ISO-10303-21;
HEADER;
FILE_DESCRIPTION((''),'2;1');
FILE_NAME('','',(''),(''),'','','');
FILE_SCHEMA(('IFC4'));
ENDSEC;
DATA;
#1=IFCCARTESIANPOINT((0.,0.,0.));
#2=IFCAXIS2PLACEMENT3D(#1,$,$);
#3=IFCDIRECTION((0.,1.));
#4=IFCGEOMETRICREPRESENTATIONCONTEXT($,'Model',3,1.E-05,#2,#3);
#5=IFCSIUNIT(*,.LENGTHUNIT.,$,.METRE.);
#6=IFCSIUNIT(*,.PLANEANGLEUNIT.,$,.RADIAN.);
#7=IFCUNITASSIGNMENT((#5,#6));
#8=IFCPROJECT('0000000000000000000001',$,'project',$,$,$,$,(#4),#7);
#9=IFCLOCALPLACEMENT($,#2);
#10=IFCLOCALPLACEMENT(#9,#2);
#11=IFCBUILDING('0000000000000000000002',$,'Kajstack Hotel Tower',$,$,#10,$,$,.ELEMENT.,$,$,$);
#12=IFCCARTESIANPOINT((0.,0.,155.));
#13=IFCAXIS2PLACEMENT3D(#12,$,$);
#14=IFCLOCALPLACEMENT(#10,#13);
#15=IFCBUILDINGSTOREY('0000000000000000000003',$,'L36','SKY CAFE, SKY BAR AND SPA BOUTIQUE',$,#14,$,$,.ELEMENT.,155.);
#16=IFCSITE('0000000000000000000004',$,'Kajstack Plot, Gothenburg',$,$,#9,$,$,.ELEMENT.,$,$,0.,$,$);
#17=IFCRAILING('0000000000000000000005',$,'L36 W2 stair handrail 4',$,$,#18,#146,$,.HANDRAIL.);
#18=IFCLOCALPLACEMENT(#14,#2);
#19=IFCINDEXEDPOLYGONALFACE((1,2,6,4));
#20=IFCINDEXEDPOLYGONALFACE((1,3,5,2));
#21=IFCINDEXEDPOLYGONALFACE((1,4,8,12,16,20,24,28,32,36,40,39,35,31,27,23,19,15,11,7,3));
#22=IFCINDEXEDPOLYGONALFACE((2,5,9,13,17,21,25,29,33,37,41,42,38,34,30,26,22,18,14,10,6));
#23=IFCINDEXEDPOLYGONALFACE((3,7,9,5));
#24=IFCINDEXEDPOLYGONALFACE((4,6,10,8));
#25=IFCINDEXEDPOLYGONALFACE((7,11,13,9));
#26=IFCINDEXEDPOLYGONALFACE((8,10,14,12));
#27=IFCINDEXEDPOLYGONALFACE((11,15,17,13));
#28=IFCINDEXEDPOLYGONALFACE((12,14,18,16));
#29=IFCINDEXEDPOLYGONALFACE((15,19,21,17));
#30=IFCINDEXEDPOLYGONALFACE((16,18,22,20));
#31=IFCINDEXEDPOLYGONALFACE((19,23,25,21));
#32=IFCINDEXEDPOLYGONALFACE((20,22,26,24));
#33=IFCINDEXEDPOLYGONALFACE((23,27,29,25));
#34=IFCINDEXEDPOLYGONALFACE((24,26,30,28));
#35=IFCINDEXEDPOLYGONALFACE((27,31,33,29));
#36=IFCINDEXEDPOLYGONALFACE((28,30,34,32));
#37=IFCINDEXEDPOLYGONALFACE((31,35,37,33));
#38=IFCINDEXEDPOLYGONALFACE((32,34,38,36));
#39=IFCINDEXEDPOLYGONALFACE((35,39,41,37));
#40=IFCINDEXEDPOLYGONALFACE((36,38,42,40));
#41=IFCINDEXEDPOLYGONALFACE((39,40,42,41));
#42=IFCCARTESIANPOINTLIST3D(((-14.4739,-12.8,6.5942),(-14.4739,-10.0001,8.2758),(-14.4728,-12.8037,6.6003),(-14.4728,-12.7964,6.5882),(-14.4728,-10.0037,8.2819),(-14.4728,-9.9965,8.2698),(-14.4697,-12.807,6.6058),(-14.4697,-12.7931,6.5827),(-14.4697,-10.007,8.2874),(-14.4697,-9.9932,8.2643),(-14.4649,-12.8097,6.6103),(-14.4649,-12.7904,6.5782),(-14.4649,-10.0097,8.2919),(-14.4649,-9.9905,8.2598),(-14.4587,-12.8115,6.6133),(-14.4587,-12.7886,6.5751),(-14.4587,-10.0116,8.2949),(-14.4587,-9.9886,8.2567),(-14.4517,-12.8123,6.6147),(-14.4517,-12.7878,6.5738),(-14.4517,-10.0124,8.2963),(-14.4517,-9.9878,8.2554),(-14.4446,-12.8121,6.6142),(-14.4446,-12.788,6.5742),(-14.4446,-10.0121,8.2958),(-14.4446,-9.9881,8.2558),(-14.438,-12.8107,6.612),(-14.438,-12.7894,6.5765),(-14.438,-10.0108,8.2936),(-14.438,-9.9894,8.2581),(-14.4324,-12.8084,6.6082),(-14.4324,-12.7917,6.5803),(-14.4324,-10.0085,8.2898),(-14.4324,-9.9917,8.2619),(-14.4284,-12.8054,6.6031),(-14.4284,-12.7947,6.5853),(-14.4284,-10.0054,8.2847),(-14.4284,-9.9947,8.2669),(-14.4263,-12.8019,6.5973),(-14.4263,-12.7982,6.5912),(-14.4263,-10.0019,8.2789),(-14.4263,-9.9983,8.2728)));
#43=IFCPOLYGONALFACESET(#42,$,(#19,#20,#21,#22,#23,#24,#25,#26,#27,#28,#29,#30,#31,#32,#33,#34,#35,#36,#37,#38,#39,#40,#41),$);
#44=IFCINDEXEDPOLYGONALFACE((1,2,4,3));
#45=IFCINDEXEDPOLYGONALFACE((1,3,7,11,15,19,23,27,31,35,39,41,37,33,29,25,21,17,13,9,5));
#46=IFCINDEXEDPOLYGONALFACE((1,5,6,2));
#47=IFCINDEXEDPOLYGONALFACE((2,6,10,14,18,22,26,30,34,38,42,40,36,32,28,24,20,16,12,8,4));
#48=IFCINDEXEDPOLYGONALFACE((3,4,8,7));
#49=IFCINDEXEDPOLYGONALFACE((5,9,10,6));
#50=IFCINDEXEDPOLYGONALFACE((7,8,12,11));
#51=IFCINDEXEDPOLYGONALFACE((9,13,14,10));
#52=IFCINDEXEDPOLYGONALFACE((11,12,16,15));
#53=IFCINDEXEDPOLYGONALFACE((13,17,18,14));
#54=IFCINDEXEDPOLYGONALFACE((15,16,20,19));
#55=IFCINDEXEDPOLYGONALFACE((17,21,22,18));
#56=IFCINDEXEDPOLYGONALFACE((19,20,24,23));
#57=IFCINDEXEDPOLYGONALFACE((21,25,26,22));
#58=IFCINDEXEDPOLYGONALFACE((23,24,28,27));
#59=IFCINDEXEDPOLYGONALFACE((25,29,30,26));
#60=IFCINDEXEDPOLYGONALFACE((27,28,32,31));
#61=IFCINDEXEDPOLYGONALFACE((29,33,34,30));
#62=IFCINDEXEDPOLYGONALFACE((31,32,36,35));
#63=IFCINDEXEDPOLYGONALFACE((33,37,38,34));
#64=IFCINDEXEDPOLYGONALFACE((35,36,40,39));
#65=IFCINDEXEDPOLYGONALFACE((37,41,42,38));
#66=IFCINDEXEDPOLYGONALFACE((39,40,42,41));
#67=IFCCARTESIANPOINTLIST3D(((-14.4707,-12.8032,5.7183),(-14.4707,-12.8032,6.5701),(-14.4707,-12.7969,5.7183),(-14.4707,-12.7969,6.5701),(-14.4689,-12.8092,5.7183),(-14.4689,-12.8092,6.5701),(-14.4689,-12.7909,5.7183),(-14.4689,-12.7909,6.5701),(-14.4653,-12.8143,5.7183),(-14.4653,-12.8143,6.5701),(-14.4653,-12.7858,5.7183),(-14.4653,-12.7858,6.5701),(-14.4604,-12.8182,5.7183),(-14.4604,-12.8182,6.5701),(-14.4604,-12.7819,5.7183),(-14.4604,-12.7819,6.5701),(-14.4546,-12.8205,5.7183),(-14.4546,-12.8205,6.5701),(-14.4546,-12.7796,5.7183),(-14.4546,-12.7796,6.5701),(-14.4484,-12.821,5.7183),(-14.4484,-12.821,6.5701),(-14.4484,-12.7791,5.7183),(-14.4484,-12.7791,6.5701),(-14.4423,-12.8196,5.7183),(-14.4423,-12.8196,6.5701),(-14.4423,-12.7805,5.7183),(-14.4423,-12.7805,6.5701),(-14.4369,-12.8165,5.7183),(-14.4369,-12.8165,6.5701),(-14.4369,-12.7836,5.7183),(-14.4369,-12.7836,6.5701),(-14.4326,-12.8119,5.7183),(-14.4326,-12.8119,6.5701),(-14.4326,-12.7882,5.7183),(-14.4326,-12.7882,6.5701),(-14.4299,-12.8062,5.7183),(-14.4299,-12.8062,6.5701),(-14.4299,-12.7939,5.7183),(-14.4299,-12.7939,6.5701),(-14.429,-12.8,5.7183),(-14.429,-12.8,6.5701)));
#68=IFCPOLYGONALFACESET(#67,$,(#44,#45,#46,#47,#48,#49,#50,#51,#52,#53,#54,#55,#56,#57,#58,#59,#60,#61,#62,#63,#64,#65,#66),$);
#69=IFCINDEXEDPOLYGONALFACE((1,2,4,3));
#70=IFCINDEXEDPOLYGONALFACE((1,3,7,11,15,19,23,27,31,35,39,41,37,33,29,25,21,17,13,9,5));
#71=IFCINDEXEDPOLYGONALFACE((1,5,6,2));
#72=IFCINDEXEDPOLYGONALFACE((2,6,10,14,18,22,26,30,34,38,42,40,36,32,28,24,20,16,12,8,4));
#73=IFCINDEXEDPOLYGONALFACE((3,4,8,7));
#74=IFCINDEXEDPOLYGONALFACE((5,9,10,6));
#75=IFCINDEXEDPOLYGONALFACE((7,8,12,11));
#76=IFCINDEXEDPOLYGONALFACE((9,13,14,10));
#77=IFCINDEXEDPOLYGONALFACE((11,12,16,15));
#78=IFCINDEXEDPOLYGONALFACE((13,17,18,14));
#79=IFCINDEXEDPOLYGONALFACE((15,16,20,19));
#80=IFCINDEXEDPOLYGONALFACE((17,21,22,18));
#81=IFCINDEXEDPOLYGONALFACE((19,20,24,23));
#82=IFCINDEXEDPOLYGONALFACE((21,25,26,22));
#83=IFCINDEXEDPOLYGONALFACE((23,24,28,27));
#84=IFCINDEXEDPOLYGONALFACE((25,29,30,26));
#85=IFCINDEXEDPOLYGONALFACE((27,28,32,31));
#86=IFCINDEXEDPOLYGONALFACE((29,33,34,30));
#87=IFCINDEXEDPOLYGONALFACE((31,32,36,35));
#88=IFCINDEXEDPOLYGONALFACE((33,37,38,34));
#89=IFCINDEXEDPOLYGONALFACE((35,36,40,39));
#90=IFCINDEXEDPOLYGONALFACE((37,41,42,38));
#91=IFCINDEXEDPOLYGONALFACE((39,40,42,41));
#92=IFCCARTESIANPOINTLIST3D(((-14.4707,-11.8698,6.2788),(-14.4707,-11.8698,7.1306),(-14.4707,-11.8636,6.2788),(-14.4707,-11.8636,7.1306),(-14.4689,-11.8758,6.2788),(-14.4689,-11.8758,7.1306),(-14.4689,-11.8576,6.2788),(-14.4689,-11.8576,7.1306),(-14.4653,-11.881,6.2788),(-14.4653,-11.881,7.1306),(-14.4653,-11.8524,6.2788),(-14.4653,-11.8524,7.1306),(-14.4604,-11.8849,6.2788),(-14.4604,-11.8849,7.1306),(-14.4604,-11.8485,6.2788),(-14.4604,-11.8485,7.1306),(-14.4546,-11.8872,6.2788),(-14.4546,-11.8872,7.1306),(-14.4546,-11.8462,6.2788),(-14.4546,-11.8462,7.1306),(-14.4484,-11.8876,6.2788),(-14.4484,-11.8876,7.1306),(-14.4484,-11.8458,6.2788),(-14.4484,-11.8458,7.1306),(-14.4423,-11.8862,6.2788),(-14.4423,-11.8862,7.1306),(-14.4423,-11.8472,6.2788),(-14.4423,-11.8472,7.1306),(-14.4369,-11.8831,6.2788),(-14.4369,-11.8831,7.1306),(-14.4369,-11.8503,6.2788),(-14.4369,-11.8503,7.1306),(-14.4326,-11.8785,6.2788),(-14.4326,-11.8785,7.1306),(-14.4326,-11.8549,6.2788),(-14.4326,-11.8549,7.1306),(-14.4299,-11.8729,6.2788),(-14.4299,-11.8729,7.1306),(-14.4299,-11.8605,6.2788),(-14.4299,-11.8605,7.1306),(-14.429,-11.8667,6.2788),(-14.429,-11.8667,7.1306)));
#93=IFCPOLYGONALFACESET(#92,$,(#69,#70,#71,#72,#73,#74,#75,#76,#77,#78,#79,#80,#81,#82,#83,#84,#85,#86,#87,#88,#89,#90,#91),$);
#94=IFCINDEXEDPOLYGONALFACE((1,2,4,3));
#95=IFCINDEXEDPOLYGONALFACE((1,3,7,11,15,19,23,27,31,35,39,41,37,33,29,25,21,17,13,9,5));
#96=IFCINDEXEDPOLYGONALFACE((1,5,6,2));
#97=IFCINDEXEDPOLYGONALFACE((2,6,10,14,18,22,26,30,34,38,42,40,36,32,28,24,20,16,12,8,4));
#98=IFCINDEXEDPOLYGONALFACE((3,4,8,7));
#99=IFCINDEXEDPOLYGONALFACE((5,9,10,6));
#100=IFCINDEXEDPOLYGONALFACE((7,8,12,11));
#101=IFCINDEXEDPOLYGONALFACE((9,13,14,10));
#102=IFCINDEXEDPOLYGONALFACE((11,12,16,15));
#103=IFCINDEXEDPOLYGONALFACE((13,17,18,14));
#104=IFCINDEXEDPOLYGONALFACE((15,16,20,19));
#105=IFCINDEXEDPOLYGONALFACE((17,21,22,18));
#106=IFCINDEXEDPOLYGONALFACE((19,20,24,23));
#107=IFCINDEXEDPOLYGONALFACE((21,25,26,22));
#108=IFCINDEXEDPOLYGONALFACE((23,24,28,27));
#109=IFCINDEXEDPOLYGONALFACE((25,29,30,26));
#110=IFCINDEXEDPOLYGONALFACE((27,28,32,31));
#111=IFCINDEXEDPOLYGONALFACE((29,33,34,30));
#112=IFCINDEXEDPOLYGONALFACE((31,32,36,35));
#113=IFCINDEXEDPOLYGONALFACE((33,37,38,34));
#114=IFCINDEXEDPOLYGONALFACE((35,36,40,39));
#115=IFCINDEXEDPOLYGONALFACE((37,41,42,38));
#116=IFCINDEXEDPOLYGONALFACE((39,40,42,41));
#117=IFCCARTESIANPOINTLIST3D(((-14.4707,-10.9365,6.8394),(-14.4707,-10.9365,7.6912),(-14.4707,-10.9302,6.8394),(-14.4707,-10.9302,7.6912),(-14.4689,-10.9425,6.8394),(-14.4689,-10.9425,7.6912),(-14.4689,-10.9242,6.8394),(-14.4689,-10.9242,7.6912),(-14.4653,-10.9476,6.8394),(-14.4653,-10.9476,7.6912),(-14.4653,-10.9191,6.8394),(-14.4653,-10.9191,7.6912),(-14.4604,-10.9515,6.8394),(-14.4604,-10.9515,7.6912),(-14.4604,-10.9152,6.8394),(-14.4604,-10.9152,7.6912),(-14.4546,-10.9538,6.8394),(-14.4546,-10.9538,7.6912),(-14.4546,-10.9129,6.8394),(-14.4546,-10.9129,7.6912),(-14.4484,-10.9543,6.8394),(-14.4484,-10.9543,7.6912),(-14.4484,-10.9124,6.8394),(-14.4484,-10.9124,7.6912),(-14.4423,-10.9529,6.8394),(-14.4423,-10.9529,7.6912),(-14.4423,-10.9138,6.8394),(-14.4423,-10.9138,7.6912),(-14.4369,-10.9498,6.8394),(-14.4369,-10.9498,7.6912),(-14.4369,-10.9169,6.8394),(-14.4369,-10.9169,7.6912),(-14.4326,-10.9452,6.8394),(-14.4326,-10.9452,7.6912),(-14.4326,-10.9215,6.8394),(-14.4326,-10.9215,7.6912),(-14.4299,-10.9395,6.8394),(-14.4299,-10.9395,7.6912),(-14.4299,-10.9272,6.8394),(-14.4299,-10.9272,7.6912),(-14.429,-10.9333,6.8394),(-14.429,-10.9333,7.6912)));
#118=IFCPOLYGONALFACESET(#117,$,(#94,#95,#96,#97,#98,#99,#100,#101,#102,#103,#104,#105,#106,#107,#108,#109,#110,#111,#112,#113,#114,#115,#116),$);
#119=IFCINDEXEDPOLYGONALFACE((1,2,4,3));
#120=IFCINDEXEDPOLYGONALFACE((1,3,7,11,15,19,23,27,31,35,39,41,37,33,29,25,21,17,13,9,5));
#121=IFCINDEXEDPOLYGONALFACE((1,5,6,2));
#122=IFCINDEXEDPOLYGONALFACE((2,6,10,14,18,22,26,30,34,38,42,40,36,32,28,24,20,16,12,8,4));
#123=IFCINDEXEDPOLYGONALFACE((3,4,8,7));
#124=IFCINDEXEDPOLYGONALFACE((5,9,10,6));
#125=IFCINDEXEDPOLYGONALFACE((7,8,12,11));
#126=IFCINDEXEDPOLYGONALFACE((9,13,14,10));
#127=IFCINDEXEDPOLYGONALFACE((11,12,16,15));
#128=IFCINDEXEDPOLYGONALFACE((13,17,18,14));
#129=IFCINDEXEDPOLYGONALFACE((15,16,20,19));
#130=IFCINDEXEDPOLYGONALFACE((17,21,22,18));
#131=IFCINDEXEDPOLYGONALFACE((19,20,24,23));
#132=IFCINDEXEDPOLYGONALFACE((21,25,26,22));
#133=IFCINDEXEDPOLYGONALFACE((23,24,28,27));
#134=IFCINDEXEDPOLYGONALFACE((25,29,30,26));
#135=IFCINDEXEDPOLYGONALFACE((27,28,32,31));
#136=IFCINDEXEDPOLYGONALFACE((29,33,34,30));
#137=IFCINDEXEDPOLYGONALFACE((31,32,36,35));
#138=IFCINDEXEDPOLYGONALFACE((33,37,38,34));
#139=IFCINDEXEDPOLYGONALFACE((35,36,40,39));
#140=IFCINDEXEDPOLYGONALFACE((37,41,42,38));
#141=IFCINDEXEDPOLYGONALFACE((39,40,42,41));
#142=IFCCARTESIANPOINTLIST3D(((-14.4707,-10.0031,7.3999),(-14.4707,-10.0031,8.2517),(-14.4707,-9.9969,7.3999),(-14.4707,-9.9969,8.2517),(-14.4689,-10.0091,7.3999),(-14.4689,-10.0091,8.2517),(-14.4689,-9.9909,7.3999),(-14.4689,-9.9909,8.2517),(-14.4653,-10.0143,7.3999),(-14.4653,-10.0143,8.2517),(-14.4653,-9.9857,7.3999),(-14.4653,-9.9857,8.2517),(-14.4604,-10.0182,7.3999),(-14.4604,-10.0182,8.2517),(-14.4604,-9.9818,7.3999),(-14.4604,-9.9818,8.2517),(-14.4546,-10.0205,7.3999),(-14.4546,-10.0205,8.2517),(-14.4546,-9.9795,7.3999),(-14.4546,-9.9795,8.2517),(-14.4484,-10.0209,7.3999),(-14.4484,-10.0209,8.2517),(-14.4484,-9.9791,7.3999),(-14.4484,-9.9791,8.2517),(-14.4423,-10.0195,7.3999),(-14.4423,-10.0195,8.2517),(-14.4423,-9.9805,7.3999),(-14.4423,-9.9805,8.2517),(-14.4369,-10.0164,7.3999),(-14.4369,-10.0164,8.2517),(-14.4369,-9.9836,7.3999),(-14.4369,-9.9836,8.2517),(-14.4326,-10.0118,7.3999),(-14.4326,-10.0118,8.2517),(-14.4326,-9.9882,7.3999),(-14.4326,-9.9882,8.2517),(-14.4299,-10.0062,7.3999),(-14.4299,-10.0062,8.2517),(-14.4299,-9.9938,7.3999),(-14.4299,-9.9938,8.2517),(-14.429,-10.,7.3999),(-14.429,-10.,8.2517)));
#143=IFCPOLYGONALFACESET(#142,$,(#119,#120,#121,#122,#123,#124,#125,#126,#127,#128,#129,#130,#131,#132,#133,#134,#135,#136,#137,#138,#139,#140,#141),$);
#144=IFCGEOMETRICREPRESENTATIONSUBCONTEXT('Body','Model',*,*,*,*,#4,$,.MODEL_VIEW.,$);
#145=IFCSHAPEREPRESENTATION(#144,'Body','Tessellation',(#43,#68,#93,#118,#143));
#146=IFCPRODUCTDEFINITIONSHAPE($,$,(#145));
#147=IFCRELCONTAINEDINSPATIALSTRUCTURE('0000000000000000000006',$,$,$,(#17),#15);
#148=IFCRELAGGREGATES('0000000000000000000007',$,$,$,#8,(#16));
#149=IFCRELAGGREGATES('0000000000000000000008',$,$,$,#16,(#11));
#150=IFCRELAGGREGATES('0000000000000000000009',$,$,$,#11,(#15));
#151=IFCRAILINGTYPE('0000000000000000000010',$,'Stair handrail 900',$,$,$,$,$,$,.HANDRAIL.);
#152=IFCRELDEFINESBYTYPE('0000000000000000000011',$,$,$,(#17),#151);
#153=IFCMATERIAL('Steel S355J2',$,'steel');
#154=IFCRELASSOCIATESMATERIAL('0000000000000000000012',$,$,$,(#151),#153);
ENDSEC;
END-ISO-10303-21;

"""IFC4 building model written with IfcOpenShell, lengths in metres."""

from ifc_helpers import new_model, si_unit, direction, frame, origin, origin_2d, place, context, subcontext, project, spatial, circle, extrude, material, type_object, element, save


model = new_model("IFC4")

# Units and contexts
model_context = context("Model", 3, precision=1e-05, world=origin(), true_north=direction((0.0, 1.0)))
body_context = subcontext(model_context, "Body", "Model", "MODEL_VIEW")
ifc_project = project(units=[si_unit("LENGTHUNIT", "METRE"), si_unit("PLANEANGLEUNIT", "RADIAN")], contexts=[model_context])

# Site, building, storey
site_placement = place(None, origin())
site = spatial("IfcSite", under=ifc_project, at=site_placement, Name="Kajstack Plot, Gothenburg", CompositionType="ELEMENT", RefElevation=0.0)
building_placement = place(site_placement, origin())
building = spatial("IfcBuilding", under=site, at=building_placement, Name="Kajstack Hotel Tower", CompositionType="ELEMENT")
storey_placement = place(building_placement, frame((0.0, 0.0, 155.0)))
storey = spatial("IfcBuildingStorey", under=building, at=storey_placement, Name="L36", Description="SKY CAFE, SKY BAR AND SPA BOUTIQUE", CompositionType="ELEMENT", Elevation=155.0)

# Railing
ifc_material_1 = material(Name="Steel S355J2", Category="steel")
railing_type_1 = type_object("IfcRailingType", Name="Stair handrail 900", PredefinedType="HANDRAIL", material=ifc_material_1)
railing_1_placement = place(storey_placement, frame((-14.45, -12.8, 5.7183)))
element("IfcRailing", 1, at=railing_1_placement, inside=storey, type_object=railing_type_1, Name="L36 W2 stair handrail 4", PredefinedType="HANDRAIL", context=body_context, shape_type="SweptSolid", body=[
    extrude(circle(Radius=0.0239, at=origin_2d()), frame((0.0, 0.0, 0.876), z_axis=(0.0, 0.857275, 0.514858), x_axis=(-1.0, 0.0, 0.0)), (0.0, 0.0, 1.0), 3.2661),
    extrude(circle(Radius=0.021, at=origin_2d()), origin(), (0.0, 0.0, 1.0), 0.8518),
    extrude(circle(Radius=0.021, at=origin_2d()), frame((0.0, 0.9333, 0.5605)), (0.0, 0.0, 1.0), 0.8518),
    extrude(circle(Radius=0.021, at=origin_2d()), frame((0.0, 1.8667, 1.1211)), (0.0, 0.0, 1.0), 0.8518),
    extrude(circle(Radius=0.021, at=origin_2d()), frame((0.0, 2.8, 1.6816)), (0.0, 0.0, 1.0), 0.8518),
])

save(model, "model.ifc")
